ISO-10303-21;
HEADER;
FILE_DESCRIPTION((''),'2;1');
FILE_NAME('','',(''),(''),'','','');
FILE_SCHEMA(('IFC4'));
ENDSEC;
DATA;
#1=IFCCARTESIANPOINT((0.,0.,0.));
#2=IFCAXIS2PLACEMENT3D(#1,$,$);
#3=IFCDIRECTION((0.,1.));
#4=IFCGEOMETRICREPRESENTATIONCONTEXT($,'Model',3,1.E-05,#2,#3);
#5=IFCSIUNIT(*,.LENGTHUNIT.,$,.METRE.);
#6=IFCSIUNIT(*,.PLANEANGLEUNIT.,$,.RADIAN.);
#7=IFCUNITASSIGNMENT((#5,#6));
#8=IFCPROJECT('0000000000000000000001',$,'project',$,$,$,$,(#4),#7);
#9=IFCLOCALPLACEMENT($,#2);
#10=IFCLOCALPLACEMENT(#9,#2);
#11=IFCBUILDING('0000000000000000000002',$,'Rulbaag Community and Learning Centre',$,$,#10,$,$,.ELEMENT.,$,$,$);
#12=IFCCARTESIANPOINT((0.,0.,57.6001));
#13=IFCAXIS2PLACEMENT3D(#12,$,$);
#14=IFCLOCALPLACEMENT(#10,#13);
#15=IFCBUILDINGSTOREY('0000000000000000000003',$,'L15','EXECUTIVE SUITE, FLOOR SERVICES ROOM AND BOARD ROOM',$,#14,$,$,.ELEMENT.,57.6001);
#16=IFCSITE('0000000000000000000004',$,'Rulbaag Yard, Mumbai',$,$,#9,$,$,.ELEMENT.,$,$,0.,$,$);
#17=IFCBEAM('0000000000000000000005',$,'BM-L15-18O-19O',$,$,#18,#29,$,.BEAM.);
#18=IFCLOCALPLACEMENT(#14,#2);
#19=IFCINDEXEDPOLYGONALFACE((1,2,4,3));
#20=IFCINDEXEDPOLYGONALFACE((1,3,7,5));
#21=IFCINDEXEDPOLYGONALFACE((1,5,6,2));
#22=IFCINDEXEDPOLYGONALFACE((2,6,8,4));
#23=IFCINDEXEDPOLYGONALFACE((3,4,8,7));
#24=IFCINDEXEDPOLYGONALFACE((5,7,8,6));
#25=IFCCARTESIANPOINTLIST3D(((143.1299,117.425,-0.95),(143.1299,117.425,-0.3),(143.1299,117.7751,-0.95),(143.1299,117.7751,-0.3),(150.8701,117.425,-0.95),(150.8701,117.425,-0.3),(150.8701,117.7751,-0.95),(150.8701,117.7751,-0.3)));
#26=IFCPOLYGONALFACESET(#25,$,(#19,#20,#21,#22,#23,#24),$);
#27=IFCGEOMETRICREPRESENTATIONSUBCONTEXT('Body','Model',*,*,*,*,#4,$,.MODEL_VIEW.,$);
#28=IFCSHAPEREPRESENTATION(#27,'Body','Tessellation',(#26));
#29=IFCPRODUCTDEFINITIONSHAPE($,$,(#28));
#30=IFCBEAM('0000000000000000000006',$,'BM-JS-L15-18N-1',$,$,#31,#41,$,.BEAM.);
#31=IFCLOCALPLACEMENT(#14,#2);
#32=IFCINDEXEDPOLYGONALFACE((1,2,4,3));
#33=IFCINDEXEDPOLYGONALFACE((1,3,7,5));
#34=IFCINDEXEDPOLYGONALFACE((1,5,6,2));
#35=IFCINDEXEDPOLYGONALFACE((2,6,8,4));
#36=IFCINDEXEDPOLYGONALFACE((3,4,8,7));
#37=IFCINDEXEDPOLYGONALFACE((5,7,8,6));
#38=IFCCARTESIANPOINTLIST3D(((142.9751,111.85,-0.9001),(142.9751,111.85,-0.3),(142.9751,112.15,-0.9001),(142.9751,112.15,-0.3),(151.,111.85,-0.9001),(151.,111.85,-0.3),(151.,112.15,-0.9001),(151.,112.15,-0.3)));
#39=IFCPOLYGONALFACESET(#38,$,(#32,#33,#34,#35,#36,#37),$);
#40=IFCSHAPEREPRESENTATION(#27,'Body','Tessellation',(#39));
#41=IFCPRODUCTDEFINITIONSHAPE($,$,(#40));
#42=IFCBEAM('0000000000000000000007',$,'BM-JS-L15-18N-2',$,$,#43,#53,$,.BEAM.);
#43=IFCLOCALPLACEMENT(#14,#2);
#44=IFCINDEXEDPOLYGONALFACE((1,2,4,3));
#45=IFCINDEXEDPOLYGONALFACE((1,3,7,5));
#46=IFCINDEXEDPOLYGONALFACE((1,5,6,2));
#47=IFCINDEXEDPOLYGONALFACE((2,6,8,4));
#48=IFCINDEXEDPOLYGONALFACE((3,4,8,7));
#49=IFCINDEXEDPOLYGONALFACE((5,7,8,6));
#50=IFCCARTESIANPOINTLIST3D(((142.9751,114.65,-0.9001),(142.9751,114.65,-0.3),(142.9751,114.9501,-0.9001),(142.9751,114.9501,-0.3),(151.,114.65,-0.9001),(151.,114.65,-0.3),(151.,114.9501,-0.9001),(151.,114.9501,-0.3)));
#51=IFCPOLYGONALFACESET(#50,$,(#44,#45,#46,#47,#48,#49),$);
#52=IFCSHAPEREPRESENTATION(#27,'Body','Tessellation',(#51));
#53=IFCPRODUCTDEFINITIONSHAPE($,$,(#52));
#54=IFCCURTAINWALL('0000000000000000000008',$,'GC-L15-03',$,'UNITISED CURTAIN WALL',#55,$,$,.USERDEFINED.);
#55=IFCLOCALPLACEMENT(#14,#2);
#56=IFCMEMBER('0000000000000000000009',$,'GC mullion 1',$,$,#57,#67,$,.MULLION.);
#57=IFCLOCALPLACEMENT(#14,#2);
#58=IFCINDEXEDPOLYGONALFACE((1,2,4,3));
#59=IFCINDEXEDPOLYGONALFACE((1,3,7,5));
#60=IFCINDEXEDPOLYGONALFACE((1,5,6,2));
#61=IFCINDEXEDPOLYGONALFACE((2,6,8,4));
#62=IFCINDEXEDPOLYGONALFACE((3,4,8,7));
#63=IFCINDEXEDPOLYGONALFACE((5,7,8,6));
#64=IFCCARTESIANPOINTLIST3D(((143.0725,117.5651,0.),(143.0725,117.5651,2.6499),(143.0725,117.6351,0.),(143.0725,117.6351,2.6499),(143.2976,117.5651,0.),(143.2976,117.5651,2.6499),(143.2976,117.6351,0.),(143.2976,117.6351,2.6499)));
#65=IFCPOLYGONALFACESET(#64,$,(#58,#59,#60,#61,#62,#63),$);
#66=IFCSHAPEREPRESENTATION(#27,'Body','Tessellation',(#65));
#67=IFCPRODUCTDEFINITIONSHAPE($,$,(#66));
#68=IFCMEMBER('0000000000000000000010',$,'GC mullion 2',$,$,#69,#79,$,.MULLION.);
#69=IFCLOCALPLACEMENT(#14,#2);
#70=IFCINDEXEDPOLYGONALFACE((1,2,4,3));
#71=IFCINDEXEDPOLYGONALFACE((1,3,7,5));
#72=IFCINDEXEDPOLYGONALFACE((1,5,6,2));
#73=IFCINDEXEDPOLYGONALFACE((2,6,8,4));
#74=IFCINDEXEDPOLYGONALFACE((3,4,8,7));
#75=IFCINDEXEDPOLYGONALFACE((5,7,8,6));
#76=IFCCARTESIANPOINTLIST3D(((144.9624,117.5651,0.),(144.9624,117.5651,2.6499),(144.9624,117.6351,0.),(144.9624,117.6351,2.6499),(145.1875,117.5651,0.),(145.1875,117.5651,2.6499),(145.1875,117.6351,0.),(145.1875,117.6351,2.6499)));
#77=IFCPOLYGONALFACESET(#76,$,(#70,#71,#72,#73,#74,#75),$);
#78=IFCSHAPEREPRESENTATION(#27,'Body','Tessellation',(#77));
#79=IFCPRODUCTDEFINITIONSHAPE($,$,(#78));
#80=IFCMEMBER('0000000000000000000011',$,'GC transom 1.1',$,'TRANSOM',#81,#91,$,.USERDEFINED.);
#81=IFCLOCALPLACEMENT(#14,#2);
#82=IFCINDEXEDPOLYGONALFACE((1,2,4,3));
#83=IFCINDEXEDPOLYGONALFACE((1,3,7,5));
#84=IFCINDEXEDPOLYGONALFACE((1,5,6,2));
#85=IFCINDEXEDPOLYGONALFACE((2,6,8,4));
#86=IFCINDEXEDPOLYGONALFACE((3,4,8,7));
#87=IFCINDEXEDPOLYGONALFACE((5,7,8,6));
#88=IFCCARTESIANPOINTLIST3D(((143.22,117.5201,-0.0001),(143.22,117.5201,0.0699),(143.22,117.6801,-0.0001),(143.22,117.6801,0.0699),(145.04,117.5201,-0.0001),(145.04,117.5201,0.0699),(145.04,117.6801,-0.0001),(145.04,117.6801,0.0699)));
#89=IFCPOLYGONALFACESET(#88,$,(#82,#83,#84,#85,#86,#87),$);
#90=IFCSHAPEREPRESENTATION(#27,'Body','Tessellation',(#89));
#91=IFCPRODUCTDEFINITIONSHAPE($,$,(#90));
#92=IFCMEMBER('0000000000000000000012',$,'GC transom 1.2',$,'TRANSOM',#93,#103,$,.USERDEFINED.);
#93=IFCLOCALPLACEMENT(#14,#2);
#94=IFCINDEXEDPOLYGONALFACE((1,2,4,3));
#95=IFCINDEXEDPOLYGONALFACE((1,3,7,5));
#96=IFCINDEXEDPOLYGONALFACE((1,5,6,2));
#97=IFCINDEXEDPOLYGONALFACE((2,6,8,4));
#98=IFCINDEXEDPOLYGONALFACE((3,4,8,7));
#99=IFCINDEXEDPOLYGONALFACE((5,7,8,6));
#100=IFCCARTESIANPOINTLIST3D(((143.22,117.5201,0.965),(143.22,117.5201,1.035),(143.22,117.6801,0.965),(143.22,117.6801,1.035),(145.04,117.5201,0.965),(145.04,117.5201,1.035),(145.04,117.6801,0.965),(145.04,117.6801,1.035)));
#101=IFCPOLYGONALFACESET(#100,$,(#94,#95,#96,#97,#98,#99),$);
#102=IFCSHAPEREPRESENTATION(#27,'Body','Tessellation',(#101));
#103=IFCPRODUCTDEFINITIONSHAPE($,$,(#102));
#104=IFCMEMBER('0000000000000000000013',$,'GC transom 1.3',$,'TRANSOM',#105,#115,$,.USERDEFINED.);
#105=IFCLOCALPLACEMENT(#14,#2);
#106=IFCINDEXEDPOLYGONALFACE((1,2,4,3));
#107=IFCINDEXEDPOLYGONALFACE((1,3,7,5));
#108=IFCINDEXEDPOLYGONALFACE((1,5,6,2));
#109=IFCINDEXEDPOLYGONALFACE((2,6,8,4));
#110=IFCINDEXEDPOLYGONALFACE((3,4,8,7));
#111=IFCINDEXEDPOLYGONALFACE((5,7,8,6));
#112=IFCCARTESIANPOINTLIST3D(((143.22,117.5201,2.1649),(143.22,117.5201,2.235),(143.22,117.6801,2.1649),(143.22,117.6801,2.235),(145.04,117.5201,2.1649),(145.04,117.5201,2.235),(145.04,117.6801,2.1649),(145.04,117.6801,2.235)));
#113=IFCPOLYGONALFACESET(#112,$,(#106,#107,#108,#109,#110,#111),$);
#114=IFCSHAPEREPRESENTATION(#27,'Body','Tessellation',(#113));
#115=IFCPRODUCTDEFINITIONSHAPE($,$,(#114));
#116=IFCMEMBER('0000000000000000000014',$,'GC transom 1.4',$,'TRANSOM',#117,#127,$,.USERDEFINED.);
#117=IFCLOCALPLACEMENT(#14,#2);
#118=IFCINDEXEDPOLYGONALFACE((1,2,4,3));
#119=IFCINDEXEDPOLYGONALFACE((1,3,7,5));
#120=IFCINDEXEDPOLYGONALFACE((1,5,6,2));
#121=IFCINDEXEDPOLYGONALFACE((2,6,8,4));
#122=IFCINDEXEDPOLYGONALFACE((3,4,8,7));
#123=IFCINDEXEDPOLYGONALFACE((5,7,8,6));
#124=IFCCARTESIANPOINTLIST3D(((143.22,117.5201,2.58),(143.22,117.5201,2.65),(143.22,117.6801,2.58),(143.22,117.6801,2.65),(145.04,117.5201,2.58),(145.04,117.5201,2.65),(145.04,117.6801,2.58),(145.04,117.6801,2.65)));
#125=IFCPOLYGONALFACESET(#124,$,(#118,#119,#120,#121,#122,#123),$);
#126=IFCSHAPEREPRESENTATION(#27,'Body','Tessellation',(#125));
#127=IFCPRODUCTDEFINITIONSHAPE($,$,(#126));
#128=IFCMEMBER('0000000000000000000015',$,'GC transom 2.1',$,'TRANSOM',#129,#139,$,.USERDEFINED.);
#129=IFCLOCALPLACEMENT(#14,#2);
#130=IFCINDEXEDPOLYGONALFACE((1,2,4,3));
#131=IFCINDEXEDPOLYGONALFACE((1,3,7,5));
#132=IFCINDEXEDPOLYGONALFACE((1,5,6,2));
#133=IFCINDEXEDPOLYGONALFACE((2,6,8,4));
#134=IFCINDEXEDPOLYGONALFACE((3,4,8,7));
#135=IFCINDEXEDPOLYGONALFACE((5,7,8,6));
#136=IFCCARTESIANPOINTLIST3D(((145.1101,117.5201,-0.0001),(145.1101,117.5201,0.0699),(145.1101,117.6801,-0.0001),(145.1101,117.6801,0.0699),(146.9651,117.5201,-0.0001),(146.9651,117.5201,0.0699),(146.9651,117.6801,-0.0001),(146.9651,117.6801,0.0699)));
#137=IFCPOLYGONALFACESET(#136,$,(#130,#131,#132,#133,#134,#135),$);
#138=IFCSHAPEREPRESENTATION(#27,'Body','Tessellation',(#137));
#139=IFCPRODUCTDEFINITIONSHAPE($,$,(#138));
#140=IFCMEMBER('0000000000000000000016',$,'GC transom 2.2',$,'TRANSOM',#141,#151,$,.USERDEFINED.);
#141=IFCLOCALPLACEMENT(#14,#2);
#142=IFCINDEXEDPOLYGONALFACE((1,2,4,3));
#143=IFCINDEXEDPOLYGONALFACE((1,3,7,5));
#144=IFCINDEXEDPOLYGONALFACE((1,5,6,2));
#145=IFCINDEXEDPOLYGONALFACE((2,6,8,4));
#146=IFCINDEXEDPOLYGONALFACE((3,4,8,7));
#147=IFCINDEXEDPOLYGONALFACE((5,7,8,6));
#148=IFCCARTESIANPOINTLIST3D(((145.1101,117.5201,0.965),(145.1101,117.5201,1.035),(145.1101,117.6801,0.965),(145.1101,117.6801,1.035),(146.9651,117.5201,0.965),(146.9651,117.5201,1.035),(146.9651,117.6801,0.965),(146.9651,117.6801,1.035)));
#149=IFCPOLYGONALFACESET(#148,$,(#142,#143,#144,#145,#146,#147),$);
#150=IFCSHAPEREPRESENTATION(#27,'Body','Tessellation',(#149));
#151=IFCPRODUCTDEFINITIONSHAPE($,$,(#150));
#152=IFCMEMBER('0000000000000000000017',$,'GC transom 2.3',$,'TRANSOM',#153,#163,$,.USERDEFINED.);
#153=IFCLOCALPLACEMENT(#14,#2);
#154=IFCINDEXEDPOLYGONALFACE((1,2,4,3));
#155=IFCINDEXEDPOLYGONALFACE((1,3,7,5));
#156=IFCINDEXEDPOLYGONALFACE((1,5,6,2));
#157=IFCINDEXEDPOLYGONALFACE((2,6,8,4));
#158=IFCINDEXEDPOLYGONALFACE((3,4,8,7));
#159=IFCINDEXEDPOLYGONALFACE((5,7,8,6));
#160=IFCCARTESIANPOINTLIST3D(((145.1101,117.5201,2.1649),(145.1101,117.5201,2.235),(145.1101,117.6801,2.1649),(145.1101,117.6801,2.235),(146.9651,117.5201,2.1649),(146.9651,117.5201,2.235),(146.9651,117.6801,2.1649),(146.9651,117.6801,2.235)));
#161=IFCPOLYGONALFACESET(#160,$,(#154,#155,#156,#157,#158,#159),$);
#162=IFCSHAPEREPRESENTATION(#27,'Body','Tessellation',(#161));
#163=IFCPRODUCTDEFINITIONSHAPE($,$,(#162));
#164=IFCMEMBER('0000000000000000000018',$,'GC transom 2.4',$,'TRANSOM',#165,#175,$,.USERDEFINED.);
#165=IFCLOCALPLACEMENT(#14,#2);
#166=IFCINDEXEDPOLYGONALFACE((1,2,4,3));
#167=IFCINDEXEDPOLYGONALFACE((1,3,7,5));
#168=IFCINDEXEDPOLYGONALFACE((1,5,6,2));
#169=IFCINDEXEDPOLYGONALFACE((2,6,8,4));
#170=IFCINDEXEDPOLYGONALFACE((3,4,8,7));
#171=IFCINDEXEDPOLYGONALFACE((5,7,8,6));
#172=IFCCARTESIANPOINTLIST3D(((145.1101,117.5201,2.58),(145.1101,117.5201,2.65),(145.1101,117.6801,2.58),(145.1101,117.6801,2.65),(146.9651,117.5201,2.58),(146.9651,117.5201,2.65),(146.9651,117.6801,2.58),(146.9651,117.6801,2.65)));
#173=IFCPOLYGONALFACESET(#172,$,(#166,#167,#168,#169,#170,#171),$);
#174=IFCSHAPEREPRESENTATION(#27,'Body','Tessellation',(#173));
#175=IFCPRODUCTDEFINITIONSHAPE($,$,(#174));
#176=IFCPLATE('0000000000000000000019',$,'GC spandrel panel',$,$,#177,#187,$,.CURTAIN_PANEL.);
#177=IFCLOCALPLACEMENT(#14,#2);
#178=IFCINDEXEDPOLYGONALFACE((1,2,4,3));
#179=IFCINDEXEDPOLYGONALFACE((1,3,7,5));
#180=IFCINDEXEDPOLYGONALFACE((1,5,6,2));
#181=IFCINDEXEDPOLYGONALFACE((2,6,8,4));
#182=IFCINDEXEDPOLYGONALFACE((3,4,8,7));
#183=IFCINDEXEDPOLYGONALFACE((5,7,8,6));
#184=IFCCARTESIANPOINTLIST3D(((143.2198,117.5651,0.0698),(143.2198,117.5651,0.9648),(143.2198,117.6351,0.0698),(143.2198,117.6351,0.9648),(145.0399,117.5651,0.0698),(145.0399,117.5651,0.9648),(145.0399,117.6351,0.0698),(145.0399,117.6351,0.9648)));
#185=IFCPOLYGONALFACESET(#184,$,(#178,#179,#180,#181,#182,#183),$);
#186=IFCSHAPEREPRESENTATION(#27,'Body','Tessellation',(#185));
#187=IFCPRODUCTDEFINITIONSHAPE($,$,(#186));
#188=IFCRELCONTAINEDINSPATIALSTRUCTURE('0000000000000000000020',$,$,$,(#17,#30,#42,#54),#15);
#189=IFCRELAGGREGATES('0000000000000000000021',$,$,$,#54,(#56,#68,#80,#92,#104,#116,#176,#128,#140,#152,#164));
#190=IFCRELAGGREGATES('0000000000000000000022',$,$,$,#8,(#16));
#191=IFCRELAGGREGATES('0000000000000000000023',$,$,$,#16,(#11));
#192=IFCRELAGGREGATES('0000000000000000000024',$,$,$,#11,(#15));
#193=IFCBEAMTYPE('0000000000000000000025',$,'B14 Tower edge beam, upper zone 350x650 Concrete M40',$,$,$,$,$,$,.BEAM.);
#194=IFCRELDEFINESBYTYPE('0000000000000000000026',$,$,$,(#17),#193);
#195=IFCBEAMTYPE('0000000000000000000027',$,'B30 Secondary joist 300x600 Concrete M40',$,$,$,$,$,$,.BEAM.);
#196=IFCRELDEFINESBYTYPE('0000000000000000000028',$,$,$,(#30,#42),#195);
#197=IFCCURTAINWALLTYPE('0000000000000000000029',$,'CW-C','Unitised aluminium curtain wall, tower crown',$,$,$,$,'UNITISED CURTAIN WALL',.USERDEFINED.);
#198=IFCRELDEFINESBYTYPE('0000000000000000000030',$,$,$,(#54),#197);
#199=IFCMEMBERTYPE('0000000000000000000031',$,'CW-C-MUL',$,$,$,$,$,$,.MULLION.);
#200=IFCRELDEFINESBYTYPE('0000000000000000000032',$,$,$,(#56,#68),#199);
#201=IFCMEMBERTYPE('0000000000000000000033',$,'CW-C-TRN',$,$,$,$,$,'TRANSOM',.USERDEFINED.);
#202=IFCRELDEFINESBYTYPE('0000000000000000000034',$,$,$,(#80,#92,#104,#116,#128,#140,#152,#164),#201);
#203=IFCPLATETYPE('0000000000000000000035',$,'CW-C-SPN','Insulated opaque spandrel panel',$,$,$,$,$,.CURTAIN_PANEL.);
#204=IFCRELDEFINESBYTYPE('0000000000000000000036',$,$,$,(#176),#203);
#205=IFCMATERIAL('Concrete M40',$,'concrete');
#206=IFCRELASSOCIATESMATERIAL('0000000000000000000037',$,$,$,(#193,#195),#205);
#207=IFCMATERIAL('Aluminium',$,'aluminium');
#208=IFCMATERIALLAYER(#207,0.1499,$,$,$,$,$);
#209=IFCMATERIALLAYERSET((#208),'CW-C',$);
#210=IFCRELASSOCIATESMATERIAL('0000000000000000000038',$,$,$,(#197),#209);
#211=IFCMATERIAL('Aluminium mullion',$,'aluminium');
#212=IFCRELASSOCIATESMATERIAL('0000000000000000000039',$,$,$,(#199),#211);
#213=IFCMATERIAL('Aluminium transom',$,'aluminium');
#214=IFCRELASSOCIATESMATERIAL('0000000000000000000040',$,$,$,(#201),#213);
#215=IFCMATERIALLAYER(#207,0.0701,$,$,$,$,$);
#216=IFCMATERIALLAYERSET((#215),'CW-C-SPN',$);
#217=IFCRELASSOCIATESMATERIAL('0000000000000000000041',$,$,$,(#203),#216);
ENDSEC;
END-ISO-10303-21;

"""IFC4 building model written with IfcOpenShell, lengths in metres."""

from ifc_helpers import new_model, si_unit, direction, frame, origin, origin_2d, place, context, subcontext, project, spatial, rectangle, extrude, material, layer, layer_set, material_profile, profile_set, type_object, element, aggregate, save


model = new_model("IFC4")

# Units and contexts
model_context = context("Model", 3, precision=1e-05, world=origin(), true_north=direction((0.0, 1.0)))
body_context = subcontext(model_context, "Body", "Model", "MODEL_VIEW")
ifc_project = project(units=[si_unit("LENGTHUNIT", "METRE"), si_unit("PLANEANGLEUNIT", "RADIAN")], contexts=[model_context])

# Site, building, storey
site_placement = place(None, origin())
site = spatial("IfcSite", under=ifc_project, at=site_placement, Name="Rulbaag Yard, Mumbai", CompositionType="ELEMENT", RefElevation=0.0)
building_placement = place(site_placement, origin())
building = spatial("IfcBuilding", under=site, at=building_placement, Name="Rulbaag Community and Learning Centre", CompositionType="ELEMENT")
storey_placement = place(building_placement, frame((0.0, 0.0, 57.6001)))
storey = spatial("IfcBuildingStorey", under=building, at=storey_placement, Name="L15", Description="EXECUTIVE SUITE, FLOOR SERVICES ROOM AND BOARD ROOM", CompositionType="ELEMENT", Elevation=57.6001)

# Beams
ifc_material_1 = material(Name="Concrete M40", Category="concrete")
ifc_material_profile_1 = material_profile(ifc_material_1, rectangle(XDim=0.3501, YDim=0.6499, at=origin_2d()), Name="RB350x650")
ifc_profile_set_1 = profile_set([ifc_material_profile_1], Name="Concrete M40")
beam_type_1 = type_object("IfcBeamType", Name="B14 Tower edge beam, upper zone 350x650 Concrete M40", PredefinedType="BEAM", material=ifc_profile_set_1)
beam_placement = place(storey_placement, frame((143.1299, 117.6001, -0.625), z_axis=(1.0, 0.0, 0.0), x_axis=(0.0, 1.0, 0.0)))
element("IfcBeam", 1, at=beam_placement, inside=storey, type_object=beam_type_1, Name="BM-L15-18O-19O", PredefinedType="BEAM", context=body_context, shape_type="SweptSolid", body=[
    extrude(rectangle(XDim=0.3501, YDim=0.6499, at=origin_2d()), origin(), (0.0, 0.0, 1.0), 7.7402),
])
ifc_material_profile_2 = material_profile(ifc_material_1, rectangle(XDim=0.3, YDim=0.6001, at=origin_2d()), Name="RB300x600")
ifc_profile_set_2 = profile_set([ifc_material_profile_2], Name="Concrete M40")
beam_type_2 = type_object("IfcBeamType", Name="B30 Secondary joist 300x600 Concrete M40", PredefinedType="BEAM", material=ifc_profile_set_2)
for number, where, z_axis, x_axis, name in (
    (2, (142.9751, 112.0, -0.6001), (1.0, 0.0, 0.0), (0.0, 1.0, 0.0), "BM-JS-L15-18N-1"),
    (3, (142.9751, 114.8, -0.6001), (1.0, 0.0, 0.0), (0.0, 1.0, 0.0), "BM-JS-L15-18N-2"),
):
    element("IfcBeam", number, at=place(storey_placement, frame(where, z_axis=z_axis, x_axis=x_axis)), inside=storey, type_object=beam_type_2, Name=name, PredefinedType="BEAM", context=body_context, shape_type="SweptSolid", body=[
        extrude(rectangle(XDim=0.3, YDim=0.6001, at=origin_2d()), origin(), (0.0, 0.0, 1.0), 8.0249),
    ])

# Curtain wall, members, plate
ifc_material_2 = material(Name="Aluminium", Category="aluminium")
ifc_layer_1 = layer(ifc_material_2, 0.1499)
ifc_layer_set_1 = layer_set([ifc_layer_1], Name="CW-C")
curtain_wall_type = type_object("IfcCurtainWallType", Name="CW-C", Description="Unitised aluminium curtain wall, tower crown", ElementType="UNITISED CURTAIN WALL", PredefinedType="USERDEFINED", material=ifc_layer_set_1)
curtain_wall_placement = place(storey_placement, origin())
curtain_wall = element("IfcCurtainWall", 4, at=curtain_wall_placement, inside=storey, type_object=curtain_wall_type, Name="GC-L15-03", ObjectType="UNITISED CURTAIN WALL", PredefinedType="USERDEFINED")
ifc_material_3 = material(Name="Aluminium mullion", Category="aluminium")
ifc_material_profile_3 = material_profile(ifc_material_3, rectangle(XDim=0.0701, YDim=0.2251, at=origin_2d()), Name="AL 70x225")
ifc_profile_set_3 = profile_set([ifc_material_profile_3], Name="Aluminium mullion")
member_type_1 = type_object("IfcMemberType", Name="CW-C-MUL", PredefinedType="MULLION", material=ifc_profile_set_3)
member_1_placement = place(storey_placement, frame((143.1851, 117.6001, 0.0), z_axis=(0.0, 0.0, 1.0), x_axis=(0.0, 1.0, 0.0)))
member_1 = element("IfcMember", 5, at=member_1_placement, type_object=member_type_1, Name="GC mullion 1", PredefinedType="MULLION", context=body_context, shape_type="SweptSolid", body=[
    extrude(rectangle(XDim=0.0701, YDim=0.2251, at=origin_2d()), origin(), (0.0, 0.0, 1.0), 2.6499),
])
member_2_placement = place(storey_placement, frame((145.075, 117.6001, 0.0), z_axis=(0.0, 0.0, 1.0), x_axis=(0.0, 1.0, 0.0)))
member_2 = element("IfcMember", 6, at=member_2_placement, type_object=member_type_1, Name="GC mullion 2", PredefinedType="MULLION", context=body_context, shape_type="SweptSolid", body=[
    extrude(rectangle(XDim=0.0701, YDim=0.2251, at=origin_2d()), origin(), (0.0, 0.0, 1.0), 2.6499),
])
ifc_material_4 = material(Name="Aluminium transom", Category="aluminium")
ifc_material_profile_4 = material_profile(ifc_material_4, rectangle(XDim=0.1599, YDim=0.0701, at=origin_2d()), Name="AL 70x160 T")
ifc_profile_set_4 = profile_set([ifc_material_profile_4], Name="Aluminium transom")
member_type_2 = type_object("IfcMemberType", Name="CW-C-TRN", ElementType="TRANSOM", PredefinedType="USERDEFINED", material=ifc_profile_set_4)
member_3_placement = place(storey_placement, frame((143.22, 117.6001, 0.0349), z_axis=(1.0, 0.0, 0.0), x_axis=(0.0, 1.0, 0.0)))
member_3 = element("IfcMember", 7, at=member_3_placement, type_object=member_type_2, Name="GC transom 1.1", ObjectType="TRANSOM", PredefinedType="USERDEFINED", context=body_context, shape_type="SweptSolid", body=[
    extrude(rectangle(XDim=0.1599, YDim=0.0701, at=origin_2d()), origin(), (0.0, 0.0, 1.0), 1.8201),
])
member_4_placement = place(storey_placement, frame((143.22, 117.6001, 1.0), z_axis=(1.0, 0.0, 0.0), x_axis=(0.0, 1.0, 0.0)))
member_4 = element("IfcMember", 8, at=member_4_placement, type_object=member_type_2, Name="GC transom 1.2", ObjectType="TRANSOM", PredefinedType="USERDEFINED", context=body_context, shape_type="SweptSolid", body=[
    extrude(rectangle(XDim=0.1599, YDim=0.0701, at=origin_2d()), origin(), (0.0, 0.0, 1.0), 1.8201),
])
member_5_placement = place(storey_placement, frame((143.22, 117.6001, 2.2), z_axis=(1.0, 0.0, 0.0), x_axis=(0.0, 1.0, 0.0)))
member_5 = element("IfcMember", 9, at=member_5_placement, type_object=member_type_2, Name="GC transom 1.3", ObjectType="TRANSOM", PredefinedType="USERDEFINED", context=body_context, shape_type="SweptSolid", body=[
    extrude(rectangle(XDim=0.1599, YDim=0.0701, at=origin_2d()), origin(), (0.0, 0.0, 1.0), 1.8201),
])
member_6_placement = place(storey_placement, frame((143.22, 117.6001, 2.615), z_axis=(1.0, 0.0, 0.0), x_axis=(0.0, 1.0, 0.0)))
member_6 = element("IfcMember", 10, at=member_6_placement, type_object=member_type_2, Name="GC transom 1.4", ObjectType="TRANSOM", PredefinedType="USERDEFINED", context=body_context, shape_type="SweptSolid", body=[
    extrude(rectangle(XDim=0.1599, YDim=0.0701, at=origin_2d()), origin(), (0.0, 0.0, 1.0), 1.8201),
])
member_7_placement = place(storey_placement, frame((145.1101, 117.6001, 0.0349), z_axis=(1.0, 0.0, 0.0), x_axis=(0.0, 1.0, 0.0)))
member_7 = element("IfcMember", 11, at=member_7_placement, type_object=member_type_2, Name="GC transom 2.1", ObjectType="TRANSOM", PredefinedType="USERDEFINED", context=body_context, shape_type="SweptSolid", body=[
    extrude(rectangle(XDim=0.1599, YDim=0.0701, at=origin_2d()), origin(), (0.0, 0.0, 1.0), 1.855),
])
member_8_placement = place(storey_placement, frame((145.1101, 117.6001, 1.0), z_axis=(1.0, 0.0, 0.0), x_axis=(0.0, 1.0, 0.0)))
member_8 = element("IfcMember", 12, at=member_8_placement, type_object=member_type_2, Name="GC transom 2.2", ObjectType="TRANSOM", PredefinedType="USERDEFINED", context=body_context, shape_type="SweptSolid", body=[
    extrude(rectangle(XDim=0.1599, YDim=0.0701, at=origin_2d()), origin(), (0.0, 0.0, 1.0), 1.855),
])
member_9_placement = place(storey_placement, frame((145.1101, 117.6001, 2.2), z_axis=(1.0, 0.0, 0.0), x_axis=(0.0, 1.0, 0.0)))
member_9 = element("IfcMember", 13, at=member_9_placement, type_object=member_type_2, Name="GC transom 2.3", ObjectType="TRANSOM", PredefinedType="USERDEFINED", context=body_context, shape_type="SweptSolid", body=[
    extrude(rectangle(XDim=0.1599, YDim=0.0701, at=origin_2d()), origin(), (0.0, 0.0, 1.0), 1.855),
])
member_10_placement = place(storey_placement, frame((145.1101, 117.6001, 2.615), z_axis=(1.0, 0.0, 0.0), x_axis=(0.0, 1.0, 0.0)))
member_10 = element("IfcMember", 14, at=member_10_placement, type_object=member_type_2, Name="GC transom 2.4", ObjectType="TRANSOM", PredefinedType="USERDEFINED", context=body_context, shape_type="SweptSolid", body=[
    extrude(rectangle(XDim=0.1599, YDim=0.0701, at=origin_2d()), origin(), (0.0, 0.0, 1.0), 1.855),
])
ifc_layer_2 = layer(ifc_material_2, 0.0701)
ifc_layer_set_2 = layer_set([ifc_layer_2], Name="CW-C-SPN")
plate_type_1 = type_object("IfcPlateType", Name="CW-C-SPN", Description="Insulated opaque spandrel panel", PredefinedType="CURTAIN_PANEL", material=ifc_layer_set_2)
plate_1_placement = place(storey_placement, frame((144.1299, 117.6001, 0.0698), z_axis=(0.0, 0.0, 1.0), x_axis=(1.0, 0.0, 0.0)))
plate_1 = element("IfcPlate", 15, at=plate_1_placement, type_object=plate_type_1, Name="GC spandrel panel", PredefinedType="CURTAIN_PANEL", context=body_context, shape_type="SweptSolid", body=[
    extrude(rectangle(XDim=1.8201, YDim=0.0701, at=origin_2d()), origin(), (0.0, 0.0, 1.0), 0.895),
])
aggregate(curtain_wall, [member_1, member_2, member_3, member_4, member_5, member_6, plate_1, member_7, member_8, member_9, member_10])

save(model, "model.ifc")
